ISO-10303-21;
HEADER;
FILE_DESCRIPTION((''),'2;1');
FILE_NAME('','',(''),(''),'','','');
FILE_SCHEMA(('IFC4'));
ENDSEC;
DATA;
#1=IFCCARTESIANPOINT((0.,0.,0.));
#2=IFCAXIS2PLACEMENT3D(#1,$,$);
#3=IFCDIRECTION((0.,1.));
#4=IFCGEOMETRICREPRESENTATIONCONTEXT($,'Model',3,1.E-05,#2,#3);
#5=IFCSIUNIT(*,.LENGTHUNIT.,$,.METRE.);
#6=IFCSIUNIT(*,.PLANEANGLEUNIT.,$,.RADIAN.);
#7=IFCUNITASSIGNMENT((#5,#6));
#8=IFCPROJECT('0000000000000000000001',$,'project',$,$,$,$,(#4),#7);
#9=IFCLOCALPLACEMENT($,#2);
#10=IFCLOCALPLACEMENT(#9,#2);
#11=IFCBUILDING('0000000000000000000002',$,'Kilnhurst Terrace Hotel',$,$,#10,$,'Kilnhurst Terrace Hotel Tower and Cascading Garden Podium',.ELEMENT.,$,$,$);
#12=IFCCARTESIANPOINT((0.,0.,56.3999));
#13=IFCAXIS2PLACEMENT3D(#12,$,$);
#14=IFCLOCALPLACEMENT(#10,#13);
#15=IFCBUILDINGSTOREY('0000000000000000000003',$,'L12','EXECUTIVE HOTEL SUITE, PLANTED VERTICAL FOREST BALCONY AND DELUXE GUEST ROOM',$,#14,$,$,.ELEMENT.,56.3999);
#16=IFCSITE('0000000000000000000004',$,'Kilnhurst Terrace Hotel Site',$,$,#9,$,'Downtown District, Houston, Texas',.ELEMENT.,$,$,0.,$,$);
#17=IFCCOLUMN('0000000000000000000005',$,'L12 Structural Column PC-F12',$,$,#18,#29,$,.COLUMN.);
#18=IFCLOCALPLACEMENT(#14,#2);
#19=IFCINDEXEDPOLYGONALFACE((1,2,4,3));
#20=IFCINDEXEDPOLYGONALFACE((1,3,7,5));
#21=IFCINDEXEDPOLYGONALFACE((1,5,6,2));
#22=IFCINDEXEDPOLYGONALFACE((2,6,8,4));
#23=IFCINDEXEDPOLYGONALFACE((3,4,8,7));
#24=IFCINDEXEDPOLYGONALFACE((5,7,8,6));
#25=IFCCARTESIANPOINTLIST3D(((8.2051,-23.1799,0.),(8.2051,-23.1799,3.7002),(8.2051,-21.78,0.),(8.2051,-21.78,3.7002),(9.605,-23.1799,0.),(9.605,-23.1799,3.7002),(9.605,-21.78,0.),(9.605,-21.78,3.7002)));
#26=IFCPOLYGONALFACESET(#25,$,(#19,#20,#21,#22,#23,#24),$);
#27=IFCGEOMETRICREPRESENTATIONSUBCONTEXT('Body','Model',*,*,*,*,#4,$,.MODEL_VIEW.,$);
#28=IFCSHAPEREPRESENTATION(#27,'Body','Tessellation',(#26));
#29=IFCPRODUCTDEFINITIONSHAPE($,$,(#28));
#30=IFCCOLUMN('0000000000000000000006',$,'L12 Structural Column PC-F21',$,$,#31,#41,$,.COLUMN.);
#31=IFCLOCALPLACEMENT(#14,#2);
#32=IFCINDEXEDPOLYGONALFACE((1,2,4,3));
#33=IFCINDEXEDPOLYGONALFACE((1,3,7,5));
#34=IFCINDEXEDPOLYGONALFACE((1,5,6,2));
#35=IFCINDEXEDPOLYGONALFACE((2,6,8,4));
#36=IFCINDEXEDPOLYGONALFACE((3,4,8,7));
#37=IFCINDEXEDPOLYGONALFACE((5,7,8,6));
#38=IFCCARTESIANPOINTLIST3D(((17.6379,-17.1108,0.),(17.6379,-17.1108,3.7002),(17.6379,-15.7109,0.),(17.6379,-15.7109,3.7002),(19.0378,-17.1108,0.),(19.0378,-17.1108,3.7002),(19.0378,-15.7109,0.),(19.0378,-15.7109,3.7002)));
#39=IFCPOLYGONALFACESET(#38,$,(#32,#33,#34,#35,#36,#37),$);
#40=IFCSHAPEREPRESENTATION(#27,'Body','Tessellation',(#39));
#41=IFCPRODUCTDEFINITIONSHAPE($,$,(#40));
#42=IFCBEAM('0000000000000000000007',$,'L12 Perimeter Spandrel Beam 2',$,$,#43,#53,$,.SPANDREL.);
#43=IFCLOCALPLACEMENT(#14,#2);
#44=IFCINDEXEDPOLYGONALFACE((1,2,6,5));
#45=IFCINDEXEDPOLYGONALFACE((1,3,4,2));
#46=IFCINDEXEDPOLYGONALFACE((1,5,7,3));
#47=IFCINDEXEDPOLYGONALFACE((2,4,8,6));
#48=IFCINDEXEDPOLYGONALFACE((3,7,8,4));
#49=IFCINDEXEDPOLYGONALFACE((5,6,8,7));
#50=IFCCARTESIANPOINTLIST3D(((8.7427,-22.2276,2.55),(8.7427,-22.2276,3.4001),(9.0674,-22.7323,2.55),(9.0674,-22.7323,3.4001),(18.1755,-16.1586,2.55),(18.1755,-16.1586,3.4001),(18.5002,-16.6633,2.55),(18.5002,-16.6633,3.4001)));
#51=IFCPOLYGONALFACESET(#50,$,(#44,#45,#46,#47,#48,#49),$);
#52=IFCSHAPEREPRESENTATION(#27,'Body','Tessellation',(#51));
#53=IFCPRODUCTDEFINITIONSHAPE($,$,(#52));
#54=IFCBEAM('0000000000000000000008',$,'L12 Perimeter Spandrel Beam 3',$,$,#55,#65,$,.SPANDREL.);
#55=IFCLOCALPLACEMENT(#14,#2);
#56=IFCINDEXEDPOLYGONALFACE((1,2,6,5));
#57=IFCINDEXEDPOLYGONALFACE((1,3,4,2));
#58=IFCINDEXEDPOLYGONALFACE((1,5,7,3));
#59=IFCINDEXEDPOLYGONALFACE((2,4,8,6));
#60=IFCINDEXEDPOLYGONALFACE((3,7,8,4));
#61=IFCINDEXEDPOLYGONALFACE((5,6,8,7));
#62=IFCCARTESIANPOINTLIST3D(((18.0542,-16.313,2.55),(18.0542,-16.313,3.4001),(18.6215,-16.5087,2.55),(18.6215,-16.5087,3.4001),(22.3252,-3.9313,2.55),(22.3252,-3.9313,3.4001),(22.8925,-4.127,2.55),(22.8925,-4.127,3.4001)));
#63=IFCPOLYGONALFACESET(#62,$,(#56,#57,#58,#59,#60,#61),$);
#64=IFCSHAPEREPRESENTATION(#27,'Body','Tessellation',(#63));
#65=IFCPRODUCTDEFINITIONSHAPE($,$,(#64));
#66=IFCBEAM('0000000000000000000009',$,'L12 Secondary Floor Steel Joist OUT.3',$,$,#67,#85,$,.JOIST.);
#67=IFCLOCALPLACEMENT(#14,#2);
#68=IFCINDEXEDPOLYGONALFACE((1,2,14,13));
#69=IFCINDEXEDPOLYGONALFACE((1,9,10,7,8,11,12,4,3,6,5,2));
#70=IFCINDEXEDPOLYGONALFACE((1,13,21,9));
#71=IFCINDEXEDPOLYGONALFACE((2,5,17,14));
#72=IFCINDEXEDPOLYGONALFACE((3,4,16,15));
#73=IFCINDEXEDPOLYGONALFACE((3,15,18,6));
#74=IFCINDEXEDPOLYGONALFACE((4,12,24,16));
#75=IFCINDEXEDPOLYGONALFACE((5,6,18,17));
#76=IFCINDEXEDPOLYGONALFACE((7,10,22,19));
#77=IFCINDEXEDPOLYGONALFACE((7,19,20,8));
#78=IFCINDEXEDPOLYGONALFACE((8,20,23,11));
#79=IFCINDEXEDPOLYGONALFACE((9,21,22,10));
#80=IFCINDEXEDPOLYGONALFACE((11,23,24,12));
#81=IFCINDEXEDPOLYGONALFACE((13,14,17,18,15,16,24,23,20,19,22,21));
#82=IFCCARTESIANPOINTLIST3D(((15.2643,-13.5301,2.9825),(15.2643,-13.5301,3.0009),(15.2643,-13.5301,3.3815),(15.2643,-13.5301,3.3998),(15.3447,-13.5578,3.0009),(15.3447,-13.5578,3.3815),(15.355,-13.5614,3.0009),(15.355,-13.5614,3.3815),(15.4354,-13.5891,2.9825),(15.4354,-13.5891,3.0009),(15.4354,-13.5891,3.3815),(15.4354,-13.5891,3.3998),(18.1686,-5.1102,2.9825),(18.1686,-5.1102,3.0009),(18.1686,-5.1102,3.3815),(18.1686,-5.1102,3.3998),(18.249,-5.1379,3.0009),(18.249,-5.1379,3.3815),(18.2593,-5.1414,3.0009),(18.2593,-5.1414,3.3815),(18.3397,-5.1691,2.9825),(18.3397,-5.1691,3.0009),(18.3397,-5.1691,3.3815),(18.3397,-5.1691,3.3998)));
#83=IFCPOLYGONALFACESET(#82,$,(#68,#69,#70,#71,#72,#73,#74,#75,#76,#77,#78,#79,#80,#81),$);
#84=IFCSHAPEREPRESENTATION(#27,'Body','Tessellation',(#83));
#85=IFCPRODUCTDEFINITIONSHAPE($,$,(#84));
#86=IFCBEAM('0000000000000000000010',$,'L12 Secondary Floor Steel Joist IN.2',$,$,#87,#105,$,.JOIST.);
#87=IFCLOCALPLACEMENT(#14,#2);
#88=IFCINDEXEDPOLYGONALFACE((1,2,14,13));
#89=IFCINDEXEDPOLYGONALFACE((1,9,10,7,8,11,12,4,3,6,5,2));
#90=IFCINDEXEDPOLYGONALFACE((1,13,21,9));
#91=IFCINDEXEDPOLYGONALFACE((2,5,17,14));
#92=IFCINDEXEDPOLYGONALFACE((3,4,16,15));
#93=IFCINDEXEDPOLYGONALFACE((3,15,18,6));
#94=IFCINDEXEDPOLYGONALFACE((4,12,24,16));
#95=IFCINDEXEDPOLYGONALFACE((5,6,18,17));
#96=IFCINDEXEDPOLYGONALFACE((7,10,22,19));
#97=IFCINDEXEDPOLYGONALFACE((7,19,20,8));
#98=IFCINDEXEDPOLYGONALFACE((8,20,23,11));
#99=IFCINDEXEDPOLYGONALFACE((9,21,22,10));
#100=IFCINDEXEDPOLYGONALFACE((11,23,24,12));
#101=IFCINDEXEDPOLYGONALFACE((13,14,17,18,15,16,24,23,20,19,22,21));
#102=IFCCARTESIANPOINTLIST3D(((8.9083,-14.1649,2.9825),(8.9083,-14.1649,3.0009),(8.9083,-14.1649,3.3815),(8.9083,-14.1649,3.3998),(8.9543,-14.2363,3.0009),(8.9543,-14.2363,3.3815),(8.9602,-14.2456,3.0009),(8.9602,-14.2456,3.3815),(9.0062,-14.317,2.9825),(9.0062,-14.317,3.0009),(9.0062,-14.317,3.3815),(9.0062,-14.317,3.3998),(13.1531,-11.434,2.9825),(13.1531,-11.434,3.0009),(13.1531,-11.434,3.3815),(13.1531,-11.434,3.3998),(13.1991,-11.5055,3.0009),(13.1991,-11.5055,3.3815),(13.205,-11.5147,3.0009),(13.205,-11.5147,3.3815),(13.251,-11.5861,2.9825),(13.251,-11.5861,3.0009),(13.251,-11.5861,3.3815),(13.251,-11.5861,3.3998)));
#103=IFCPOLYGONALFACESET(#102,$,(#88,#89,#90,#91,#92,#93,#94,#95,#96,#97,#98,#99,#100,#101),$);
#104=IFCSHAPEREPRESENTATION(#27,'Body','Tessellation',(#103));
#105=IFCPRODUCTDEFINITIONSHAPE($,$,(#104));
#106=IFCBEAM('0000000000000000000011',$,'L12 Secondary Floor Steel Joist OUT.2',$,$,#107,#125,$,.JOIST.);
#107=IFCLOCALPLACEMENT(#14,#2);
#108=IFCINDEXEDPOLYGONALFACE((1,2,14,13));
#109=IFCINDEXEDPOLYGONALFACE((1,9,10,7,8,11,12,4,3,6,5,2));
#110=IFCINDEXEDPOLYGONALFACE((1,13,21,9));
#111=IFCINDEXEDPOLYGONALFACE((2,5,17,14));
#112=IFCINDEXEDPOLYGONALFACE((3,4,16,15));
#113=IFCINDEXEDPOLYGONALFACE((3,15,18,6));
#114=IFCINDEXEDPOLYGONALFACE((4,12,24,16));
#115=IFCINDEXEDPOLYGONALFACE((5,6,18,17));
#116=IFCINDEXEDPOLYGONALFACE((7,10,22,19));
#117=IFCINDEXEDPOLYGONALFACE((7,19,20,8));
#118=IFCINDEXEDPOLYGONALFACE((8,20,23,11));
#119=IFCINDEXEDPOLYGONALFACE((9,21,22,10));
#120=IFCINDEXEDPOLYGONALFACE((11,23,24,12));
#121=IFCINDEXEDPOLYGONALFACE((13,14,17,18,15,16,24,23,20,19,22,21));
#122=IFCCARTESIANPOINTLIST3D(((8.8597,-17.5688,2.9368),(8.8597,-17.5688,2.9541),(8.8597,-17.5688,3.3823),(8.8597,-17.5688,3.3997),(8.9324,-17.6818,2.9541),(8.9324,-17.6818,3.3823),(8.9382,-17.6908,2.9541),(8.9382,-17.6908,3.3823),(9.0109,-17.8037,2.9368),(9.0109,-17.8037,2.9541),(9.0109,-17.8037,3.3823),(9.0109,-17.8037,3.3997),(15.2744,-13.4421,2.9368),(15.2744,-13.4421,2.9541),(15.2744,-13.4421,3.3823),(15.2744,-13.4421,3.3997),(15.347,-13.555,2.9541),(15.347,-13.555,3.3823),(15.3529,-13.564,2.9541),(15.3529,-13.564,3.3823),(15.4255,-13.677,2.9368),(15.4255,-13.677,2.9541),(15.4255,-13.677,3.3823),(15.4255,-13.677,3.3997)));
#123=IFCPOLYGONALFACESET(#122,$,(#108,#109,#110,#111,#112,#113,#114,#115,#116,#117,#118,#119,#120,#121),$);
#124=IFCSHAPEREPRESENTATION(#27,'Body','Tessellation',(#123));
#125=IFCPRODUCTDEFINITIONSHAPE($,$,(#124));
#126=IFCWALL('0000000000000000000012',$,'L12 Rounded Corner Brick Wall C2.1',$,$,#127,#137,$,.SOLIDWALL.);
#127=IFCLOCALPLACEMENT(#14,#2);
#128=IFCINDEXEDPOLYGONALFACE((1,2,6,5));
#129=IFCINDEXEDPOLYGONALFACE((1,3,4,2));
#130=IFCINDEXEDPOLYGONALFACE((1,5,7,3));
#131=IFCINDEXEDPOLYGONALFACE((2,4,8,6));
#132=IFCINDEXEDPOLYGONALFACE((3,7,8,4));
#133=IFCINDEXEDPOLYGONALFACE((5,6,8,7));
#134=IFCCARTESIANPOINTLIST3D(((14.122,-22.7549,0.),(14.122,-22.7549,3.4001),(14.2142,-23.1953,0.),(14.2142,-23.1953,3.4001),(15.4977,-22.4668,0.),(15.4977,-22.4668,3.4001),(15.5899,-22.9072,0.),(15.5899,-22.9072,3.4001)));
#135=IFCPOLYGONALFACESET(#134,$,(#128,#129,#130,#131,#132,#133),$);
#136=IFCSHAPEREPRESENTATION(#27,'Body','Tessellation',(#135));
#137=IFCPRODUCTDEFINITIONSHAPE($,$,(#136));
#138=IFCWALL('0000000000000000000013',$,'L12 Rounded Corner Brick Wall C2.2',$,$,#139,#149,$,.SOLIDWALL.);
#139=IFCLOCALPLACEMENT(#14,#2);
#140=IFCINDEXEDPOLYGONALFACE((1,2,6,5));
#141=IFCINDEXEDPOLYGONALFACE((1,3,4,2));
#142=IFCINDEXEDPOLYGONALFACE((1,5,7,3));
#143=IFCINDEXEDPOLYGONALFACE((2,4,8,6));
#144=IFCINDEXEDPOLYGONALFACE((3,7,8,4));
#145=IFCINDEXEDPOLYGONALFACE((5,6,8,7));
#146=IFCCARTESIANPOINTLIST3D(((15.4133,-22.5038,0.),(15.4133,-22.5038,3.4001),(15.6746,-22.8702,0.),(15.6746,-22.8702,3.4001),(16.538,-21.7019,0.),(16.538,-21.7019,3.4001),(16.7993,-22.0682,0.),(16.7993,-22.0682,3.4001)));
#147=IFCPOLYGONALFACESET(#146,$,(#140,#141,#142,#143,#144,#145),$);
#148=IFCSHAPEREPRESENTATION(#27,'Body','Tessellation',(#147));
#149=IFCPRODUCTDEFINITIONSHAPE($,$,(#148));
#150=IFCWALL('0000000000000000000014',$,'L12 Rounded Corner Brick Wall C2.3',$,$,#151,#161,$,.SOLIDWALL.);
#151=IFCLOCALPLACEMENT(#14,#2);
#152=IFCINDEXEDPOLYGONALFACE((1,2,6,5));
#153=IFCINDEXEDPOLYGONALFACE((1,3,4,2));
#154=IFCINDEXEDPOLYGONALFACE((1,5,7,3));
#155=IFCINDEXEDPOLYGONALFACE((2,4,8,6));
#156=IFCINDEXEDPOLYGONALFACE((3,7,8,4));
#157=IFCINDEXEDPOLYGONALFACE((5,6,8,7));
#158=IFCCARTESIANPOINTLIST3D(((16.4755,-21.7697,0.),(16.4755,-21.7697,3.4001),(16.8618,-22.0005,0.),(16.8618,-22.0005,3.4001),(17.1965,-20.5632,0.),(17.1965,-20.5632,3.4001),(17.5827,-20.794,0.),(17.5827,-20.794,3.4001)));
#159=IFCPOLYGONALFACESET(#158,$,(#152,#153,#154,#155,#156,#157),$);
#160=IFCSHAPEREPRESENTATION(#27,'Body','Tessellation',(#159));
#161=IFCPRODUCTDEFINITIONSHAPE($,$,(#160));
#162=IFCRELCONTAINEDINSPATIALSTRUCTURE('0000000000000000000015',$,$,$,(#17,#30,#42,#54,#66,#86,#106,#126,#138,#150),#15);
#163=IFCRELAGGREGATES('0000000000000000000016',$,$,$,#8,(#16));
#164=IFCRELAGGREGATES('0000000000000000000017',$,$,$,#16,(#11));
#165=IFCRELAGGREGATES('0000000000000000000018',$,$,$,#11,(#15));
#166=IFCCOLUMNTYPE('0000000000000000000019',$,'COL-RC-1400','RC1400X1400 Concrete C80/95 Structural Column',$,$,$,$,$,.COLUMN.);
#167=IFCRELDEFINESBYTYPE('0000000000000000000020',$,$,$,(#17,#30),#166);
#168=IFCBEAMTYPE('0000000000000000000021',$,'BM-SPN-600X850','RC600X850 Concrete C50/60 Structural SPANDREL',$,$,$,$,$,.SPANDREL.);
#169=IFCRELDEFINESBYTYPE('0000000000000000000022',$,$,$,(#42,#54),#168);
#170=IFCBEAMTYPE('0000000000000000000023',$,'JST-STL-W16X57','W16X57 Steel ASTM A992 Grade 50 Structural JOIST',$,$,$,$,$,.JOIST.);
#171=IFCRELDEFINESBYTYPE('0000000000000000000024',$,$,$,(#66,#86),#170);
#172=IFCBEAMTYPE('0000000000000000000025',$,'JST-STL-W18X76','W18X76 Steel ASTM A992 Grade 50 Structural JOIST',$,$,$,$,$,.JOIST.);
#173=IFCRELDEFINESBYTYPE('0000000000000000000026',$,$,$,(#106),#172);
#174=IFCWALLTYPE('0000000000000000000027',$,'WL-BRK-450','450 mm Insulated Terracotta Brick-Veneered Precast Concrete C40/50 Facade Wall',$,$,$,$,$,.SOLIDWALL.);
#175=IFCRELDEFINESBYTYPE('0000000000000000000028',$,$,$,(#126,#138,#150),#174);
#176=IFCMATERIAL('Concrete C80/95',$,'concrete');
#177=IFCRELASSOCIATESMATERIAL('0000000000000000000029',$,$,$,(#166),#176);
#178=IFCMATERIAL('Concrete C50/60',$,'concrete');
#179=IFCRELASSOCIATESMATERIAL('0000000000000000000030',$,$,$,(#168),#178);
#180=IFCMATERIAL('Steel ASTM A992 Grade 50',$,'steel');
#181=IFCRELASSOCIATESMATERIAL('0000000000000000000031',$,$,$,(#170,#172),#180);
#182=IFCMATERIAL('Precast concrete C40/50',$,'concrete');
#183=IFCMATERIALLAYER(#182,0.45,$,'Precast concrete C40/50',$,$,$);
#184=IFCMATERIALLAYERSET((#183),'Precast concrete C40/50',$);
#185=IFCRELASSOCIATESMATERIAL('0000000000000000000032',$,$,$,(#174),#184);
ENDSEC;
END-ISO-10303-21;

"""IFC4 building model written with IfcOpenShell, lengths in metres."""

from ifc_helpers import new_model, si_unit, direction, frame, frame_2d, origin, origin_2d, place, context, subcontext, project, spatial, rectangle, i_section, extrude, material, layer, layer_set, material_profile, profile_set, type_object, element, save


model = new_model("IFC4")

# Units and contexts
model_context = context("Model", 3, precision=1e-05, world=origin(), true_north=direction((0.0, 1.0)))
body_context = subcontext(model_context, "Body", "Model", "MODEL_VIEW")
ifc_project = project(units=[si_unit("LENGTHUNIT", "METRE"), si_unit("PLANEANGLEUNIT", "RADIAN")], contexts=[model_context])

# Site, building, storey
site_placement = place(None, origin())
site = spatial("IfcSite", under=ifc_project, at=site_placement, Name="Kilnhurst Terrace Hotel Site", LongName="Downtown District, Houston, Texas", CompositionType="ELEMENT", RefElevation=0.0)
building_placement = place(site_placement, origin())
building = spatial("IfcBuilding", under=site, at=building_placement, Name="Kilnhurst Terrace Hotel", LongName="Kilnhurst Terrace Hotel Tower and Cascading Garden Podium", CompositionType="ELEMENT")
storey_placement = place(building_placement, frame((0.0, 0.0, 56.3999)))
storey = spatial("IfcBuildingStorey", under=building, at=storey_placement, Name="L12", Description="EXECUTIVE HOTEL SUITE, PLANTED VERTICAL FOREST BALCONY AND DELUXE GUEST ROOM", CompositionType="ELEMENT", Elevation=56.3999)

# Columns
ifc_material_1 = material(Name="Concrete C80/95", Category="concrete")
ifc_material_profile_1 = material_profile(ifc_material_1, rectangle(XDim=1.3999, YDim=1.3999, at=origin_2d()), Name="RC1400X1400")
ifc_profile_set_1 = profile_set([ifc_material_profile_1], Name="Concrete C80/95")
column_type = type_object("IfcColumnType", Name="COL-RC-1400", Description="RC1400X1400 Concrete C80/95 Structural Column", PredefinedType="COLUMN", material=ifc_profile_set_1)
for number, where, z_axis, x_axis, name in (
    (1, (8.905, -22.48, 0.0), (0.0, 0.0, 1.0), (1.0, 0.0, 0.0), "L12 Structural Column PC-F12"),
    (2, (18.3379, -16.4109, 0.0), (0.0, 0.0, 1.0), (1.0, 0.0, 0.0), "L12 Structural Column PC-F21"),
):
    element("IfcColumn", number, at=place(storey_placement, frame(where, z_axis=z_axis, x_axis=x_axis)), inside=storey, type_object=column_type, Name=name, PredefinedType="COLUMN", context=body_context, shape_type="SweptSolid", body=[
        extrude(rectangle(XDim=1.3999, YDim=1.3999, at=origin_2d()), origin(), (0.0, 0.0, 1.0), 3.7002),
    ])

# Beams
ifc_material_2 = material(Name="Concrete C50/60", Category="concrete")
ifc_material_profile_2 = material_profile(ifc_material_2, rectangle(XDim=0.6001, YDim=0.8501, at=origin_2d()), Name="RC600X850")
ifc_profile_set_2 = profile_set([ifc_material_profile_2], Name="Concrete C50/60")
beam_type_1 = type_object("IfcBeamType", Name="BM-SPN-600X850", Description="RC600X850 Concrete C50/60 Structural SPANDREL", PredefinedType="SPANDREL", material=ifc_profile_set_2)
beam_1_placement = place(storey_placement, frame((8.905, -22.48, 2.9751), z_axis=(0.840971, 0.54108, 0.0), x_axis=(-0.54108, 0.840971, 0.0)))
element("IfcBeam", 3, at=beam_1_placement, inside=storey, type_object=beam_type_1, Name="L12 Perimeter Spandrel Beam 2", PredefinedType="SPANDREL", context=body_context, shape_type="SweptSolid", body=[
    extrude(rectangle(XDim=0.6001, YDim=0.8501, at=origin_2d()), origin(), (0.0, 0.0, 1.0), 11.2166),
])
beam_2_placement = place(storey_placement, frame((18.3379, -16.4109, 2.9751), z_axis=(0.326086, 0.94534, 0.0), x_axis=(-0.94534, 0.326086, 0.0)))
element("IfcBeam", 4, at=beam_2_placement, inside=storey, type_object=beam_type_1, Name="L12 Perimeter Spandrel Beam 3", PredefinedType="SPANDREL", context=body_context, shape_type="SweptSolid", body=[
    extrude(rectangle(XDim=0.6001, YDim=0.8501, at=origin_2d()), origin(), (0.0, 0.0, 1.0), 13.0977),
])
ifc_material_3 = material(Name="Steel ASTM A992 Grade 50", Category="steel")
ifc_material_profile_3 = material_profile(ifc_material_3, i_section(OverallWidth=0.1809, OverallDepth=0.4172, WebThickness=0.011, FlangeThickness=0.0183, at=origin_2d()), Name="W16X57")
ifc_profile_set_3 = profile_set([ifc_material_profile_3], Name="Steel ASTM A992 Grade 50")
beam_type_2 = type_object("IfcBeamType", Name="JST-STL-W16X57", Description="W16X57 Steel ASTM A992 Grade 50 Structural JOIST", PredefinedType="JOIST", material=ifc_profile_set_3)
beam_3_placement = place(storey_placement, frame((15.3499, -13.5596, 3.1912), z_axis=(0.326079, 0.945343, 0.0), x_axis=(-0.945343, 0.326079, 0.0)))
element("IfcBeam", 5, at=beam_3_placement, inside=storey, type_object=beam_type_2, Name="L12 Secondary Floor Steel Joist OUT.3", PredefinedType="JOIST", context=body_context, shape_type="SweptSolid", body=[
    extrude(i_section(OverallWidth=0.1809, OverallDepth=0.4172, WebThickness=0.011, FlangeThickness=0.0183, at=origin_2d()), origin(), (0.0, 0.0, 1.0), 8.9067),
])
beam_4_placement = place(storey_placement, frame((8.9573, -14.241, 3.1912), z_axis=(0.840988, 0.541053, 0.0), x_axis=(-0.541053, 0.840988, 0.0)))
element("IfcBeam", 6, at=beam_4_placement, inside=storey, type_object=beam_type_2, Name="L12 Secondary Floor Steel Joist IN.2", PredefinedType="JOIST", context=body_context, shape_type="SweptSolid", body=[
    extrude(i_section(OverallWidth=0.1809, OverallDepth=0.4172, WebThickness=0.011, FlangeThickness=0.0183, at=origin_2d()), origin(), (0.0, 0.0, 1.0), 5.0474),
])
ifc_material_profile_4 = material_profile(ifc_material_3, i_section(OverallWidth=0.2793, OverallDepth=0.4629, WebThickness=0.0107, FlangeThickness=0.0173, at=origin_2d()), Name="W18X76")
ifc_profile_set_4 = profile_set([ifc_material_profile_4], Name="Steel ASTM A992 Grade 50")
beam_type_3 = type_object("IfcBeamType", Name="JST-STL-W18X76", Description="W18X76 Steel ASTM A992 Grade 50 Structural JOIST", PredefinedType="JOIST", material=ifc_profile_set_4)
beam_5_placement = place(storey_placement, frame((8.9353, -17.6863, 3.1682), z_axis=(0.840995, 0.541042, 0.0), x_axis=(-0.541042, 0.840995, 0.0)))
element("IfcBeam", 7, at=beam_5_placement, inside=storey, type_object=beam_type_3, Name="L12 Secondary Floor Steel Joist OUT.2", PredefinedType="JOIST", context=body_context, shape_type="SweptSolid", body=[
    extrude(i_section(OverallWidth=0.2793, OverallDepth=0.4629, WebThickness=0.0107, FlangeThickness=0.0173, at=origin_2d()), origin(), (0.0, 0.0, 1.0), 7.6274),
])

# Walls
ifc_material_4 = material(Name="Precast concrete C40/50", Category="concrete")
ifc_layer_1 = layer(ifc_material_4, 0.45, Name="Precast concrete C40/50")
ifc_layer_set_1 = layer_set([ifc_layer_1], Name="Precast concrete C40/50")
wall_type_1 = type_object("IfcWallType", Name="WL-BRK-450", Description="450 mm Insulated Terracotta Brick-Veneered Precast Concrete C40/50 Facade Wall", PredefinedType="SOLIDWALL", material=ifc_layer_set_1)
wall_1_placement = place(storey_placement, frame((14.1682, -22.9751, 0.0), z_axis=(0.0, 0.0, 1.0), x_axis=(0.97877, 0.20496, 0.0)))
element("IfcWall", 8, at=wall_1_placement, inside=storey, type_object=wall_type_1, Name="L12 Rounded Corner Brick Wall C2.1", PredefinedType="SOLIDWALL", context=body_context, shape_type="SweptSolid", body=[
    extrude(rectangle(XDim=1.4055, YDim=0.45, at=frame_2d((0.7026, 0.0))), origin(), (0.0, 0.0, 1.0), 3.4001),
])
wall_2_placement = place(storey_placement, frame((15.5439, -22.687, 0.0), z_axis=(0.0, 0.0, 1.0), x_axis=(0.814211, 0.580569, 0.0)))
element("IfcWall", 9, at=wall_2_placement, inside=storey, type_object=wall_type_1, Name="L12 Rounded Corner Brick Wall C2.2", PredefinedType="SOLIDWALL", context=body_context, shape_type="SweptSolid", body=[
    extrude(rectangle(XDim=1.3813, YDim=0.45, at=frame_2d((0.6907, 0.0))), origin(), (0.0, 0.0, 1.0), 3.4001),
])
wall_3_placement = place(storey_placement, frame((16.6687, -21.885, 0.0), z_axis=(0.0, 0.0, 1.0), x_axis=(0.512937, 0.858426, 0.0)))
element("IfcWall", 10, at=wall_3_placement, inside=storey, type_object=wall_type_1, Name="L12 Rounded Corner Brick Wall C2.3", PredefinedType="SOLIDWALL", context=body_context, shape_type="SweptSolid", body=[
    extrude(rectangle(XDim=1.4055, YDim=0.45, at=frame_2d((0.7026, 0.0))), origin(), (0.0, 0.0, 1.0), 3.4001),
])

save(model, "model.ifc")
